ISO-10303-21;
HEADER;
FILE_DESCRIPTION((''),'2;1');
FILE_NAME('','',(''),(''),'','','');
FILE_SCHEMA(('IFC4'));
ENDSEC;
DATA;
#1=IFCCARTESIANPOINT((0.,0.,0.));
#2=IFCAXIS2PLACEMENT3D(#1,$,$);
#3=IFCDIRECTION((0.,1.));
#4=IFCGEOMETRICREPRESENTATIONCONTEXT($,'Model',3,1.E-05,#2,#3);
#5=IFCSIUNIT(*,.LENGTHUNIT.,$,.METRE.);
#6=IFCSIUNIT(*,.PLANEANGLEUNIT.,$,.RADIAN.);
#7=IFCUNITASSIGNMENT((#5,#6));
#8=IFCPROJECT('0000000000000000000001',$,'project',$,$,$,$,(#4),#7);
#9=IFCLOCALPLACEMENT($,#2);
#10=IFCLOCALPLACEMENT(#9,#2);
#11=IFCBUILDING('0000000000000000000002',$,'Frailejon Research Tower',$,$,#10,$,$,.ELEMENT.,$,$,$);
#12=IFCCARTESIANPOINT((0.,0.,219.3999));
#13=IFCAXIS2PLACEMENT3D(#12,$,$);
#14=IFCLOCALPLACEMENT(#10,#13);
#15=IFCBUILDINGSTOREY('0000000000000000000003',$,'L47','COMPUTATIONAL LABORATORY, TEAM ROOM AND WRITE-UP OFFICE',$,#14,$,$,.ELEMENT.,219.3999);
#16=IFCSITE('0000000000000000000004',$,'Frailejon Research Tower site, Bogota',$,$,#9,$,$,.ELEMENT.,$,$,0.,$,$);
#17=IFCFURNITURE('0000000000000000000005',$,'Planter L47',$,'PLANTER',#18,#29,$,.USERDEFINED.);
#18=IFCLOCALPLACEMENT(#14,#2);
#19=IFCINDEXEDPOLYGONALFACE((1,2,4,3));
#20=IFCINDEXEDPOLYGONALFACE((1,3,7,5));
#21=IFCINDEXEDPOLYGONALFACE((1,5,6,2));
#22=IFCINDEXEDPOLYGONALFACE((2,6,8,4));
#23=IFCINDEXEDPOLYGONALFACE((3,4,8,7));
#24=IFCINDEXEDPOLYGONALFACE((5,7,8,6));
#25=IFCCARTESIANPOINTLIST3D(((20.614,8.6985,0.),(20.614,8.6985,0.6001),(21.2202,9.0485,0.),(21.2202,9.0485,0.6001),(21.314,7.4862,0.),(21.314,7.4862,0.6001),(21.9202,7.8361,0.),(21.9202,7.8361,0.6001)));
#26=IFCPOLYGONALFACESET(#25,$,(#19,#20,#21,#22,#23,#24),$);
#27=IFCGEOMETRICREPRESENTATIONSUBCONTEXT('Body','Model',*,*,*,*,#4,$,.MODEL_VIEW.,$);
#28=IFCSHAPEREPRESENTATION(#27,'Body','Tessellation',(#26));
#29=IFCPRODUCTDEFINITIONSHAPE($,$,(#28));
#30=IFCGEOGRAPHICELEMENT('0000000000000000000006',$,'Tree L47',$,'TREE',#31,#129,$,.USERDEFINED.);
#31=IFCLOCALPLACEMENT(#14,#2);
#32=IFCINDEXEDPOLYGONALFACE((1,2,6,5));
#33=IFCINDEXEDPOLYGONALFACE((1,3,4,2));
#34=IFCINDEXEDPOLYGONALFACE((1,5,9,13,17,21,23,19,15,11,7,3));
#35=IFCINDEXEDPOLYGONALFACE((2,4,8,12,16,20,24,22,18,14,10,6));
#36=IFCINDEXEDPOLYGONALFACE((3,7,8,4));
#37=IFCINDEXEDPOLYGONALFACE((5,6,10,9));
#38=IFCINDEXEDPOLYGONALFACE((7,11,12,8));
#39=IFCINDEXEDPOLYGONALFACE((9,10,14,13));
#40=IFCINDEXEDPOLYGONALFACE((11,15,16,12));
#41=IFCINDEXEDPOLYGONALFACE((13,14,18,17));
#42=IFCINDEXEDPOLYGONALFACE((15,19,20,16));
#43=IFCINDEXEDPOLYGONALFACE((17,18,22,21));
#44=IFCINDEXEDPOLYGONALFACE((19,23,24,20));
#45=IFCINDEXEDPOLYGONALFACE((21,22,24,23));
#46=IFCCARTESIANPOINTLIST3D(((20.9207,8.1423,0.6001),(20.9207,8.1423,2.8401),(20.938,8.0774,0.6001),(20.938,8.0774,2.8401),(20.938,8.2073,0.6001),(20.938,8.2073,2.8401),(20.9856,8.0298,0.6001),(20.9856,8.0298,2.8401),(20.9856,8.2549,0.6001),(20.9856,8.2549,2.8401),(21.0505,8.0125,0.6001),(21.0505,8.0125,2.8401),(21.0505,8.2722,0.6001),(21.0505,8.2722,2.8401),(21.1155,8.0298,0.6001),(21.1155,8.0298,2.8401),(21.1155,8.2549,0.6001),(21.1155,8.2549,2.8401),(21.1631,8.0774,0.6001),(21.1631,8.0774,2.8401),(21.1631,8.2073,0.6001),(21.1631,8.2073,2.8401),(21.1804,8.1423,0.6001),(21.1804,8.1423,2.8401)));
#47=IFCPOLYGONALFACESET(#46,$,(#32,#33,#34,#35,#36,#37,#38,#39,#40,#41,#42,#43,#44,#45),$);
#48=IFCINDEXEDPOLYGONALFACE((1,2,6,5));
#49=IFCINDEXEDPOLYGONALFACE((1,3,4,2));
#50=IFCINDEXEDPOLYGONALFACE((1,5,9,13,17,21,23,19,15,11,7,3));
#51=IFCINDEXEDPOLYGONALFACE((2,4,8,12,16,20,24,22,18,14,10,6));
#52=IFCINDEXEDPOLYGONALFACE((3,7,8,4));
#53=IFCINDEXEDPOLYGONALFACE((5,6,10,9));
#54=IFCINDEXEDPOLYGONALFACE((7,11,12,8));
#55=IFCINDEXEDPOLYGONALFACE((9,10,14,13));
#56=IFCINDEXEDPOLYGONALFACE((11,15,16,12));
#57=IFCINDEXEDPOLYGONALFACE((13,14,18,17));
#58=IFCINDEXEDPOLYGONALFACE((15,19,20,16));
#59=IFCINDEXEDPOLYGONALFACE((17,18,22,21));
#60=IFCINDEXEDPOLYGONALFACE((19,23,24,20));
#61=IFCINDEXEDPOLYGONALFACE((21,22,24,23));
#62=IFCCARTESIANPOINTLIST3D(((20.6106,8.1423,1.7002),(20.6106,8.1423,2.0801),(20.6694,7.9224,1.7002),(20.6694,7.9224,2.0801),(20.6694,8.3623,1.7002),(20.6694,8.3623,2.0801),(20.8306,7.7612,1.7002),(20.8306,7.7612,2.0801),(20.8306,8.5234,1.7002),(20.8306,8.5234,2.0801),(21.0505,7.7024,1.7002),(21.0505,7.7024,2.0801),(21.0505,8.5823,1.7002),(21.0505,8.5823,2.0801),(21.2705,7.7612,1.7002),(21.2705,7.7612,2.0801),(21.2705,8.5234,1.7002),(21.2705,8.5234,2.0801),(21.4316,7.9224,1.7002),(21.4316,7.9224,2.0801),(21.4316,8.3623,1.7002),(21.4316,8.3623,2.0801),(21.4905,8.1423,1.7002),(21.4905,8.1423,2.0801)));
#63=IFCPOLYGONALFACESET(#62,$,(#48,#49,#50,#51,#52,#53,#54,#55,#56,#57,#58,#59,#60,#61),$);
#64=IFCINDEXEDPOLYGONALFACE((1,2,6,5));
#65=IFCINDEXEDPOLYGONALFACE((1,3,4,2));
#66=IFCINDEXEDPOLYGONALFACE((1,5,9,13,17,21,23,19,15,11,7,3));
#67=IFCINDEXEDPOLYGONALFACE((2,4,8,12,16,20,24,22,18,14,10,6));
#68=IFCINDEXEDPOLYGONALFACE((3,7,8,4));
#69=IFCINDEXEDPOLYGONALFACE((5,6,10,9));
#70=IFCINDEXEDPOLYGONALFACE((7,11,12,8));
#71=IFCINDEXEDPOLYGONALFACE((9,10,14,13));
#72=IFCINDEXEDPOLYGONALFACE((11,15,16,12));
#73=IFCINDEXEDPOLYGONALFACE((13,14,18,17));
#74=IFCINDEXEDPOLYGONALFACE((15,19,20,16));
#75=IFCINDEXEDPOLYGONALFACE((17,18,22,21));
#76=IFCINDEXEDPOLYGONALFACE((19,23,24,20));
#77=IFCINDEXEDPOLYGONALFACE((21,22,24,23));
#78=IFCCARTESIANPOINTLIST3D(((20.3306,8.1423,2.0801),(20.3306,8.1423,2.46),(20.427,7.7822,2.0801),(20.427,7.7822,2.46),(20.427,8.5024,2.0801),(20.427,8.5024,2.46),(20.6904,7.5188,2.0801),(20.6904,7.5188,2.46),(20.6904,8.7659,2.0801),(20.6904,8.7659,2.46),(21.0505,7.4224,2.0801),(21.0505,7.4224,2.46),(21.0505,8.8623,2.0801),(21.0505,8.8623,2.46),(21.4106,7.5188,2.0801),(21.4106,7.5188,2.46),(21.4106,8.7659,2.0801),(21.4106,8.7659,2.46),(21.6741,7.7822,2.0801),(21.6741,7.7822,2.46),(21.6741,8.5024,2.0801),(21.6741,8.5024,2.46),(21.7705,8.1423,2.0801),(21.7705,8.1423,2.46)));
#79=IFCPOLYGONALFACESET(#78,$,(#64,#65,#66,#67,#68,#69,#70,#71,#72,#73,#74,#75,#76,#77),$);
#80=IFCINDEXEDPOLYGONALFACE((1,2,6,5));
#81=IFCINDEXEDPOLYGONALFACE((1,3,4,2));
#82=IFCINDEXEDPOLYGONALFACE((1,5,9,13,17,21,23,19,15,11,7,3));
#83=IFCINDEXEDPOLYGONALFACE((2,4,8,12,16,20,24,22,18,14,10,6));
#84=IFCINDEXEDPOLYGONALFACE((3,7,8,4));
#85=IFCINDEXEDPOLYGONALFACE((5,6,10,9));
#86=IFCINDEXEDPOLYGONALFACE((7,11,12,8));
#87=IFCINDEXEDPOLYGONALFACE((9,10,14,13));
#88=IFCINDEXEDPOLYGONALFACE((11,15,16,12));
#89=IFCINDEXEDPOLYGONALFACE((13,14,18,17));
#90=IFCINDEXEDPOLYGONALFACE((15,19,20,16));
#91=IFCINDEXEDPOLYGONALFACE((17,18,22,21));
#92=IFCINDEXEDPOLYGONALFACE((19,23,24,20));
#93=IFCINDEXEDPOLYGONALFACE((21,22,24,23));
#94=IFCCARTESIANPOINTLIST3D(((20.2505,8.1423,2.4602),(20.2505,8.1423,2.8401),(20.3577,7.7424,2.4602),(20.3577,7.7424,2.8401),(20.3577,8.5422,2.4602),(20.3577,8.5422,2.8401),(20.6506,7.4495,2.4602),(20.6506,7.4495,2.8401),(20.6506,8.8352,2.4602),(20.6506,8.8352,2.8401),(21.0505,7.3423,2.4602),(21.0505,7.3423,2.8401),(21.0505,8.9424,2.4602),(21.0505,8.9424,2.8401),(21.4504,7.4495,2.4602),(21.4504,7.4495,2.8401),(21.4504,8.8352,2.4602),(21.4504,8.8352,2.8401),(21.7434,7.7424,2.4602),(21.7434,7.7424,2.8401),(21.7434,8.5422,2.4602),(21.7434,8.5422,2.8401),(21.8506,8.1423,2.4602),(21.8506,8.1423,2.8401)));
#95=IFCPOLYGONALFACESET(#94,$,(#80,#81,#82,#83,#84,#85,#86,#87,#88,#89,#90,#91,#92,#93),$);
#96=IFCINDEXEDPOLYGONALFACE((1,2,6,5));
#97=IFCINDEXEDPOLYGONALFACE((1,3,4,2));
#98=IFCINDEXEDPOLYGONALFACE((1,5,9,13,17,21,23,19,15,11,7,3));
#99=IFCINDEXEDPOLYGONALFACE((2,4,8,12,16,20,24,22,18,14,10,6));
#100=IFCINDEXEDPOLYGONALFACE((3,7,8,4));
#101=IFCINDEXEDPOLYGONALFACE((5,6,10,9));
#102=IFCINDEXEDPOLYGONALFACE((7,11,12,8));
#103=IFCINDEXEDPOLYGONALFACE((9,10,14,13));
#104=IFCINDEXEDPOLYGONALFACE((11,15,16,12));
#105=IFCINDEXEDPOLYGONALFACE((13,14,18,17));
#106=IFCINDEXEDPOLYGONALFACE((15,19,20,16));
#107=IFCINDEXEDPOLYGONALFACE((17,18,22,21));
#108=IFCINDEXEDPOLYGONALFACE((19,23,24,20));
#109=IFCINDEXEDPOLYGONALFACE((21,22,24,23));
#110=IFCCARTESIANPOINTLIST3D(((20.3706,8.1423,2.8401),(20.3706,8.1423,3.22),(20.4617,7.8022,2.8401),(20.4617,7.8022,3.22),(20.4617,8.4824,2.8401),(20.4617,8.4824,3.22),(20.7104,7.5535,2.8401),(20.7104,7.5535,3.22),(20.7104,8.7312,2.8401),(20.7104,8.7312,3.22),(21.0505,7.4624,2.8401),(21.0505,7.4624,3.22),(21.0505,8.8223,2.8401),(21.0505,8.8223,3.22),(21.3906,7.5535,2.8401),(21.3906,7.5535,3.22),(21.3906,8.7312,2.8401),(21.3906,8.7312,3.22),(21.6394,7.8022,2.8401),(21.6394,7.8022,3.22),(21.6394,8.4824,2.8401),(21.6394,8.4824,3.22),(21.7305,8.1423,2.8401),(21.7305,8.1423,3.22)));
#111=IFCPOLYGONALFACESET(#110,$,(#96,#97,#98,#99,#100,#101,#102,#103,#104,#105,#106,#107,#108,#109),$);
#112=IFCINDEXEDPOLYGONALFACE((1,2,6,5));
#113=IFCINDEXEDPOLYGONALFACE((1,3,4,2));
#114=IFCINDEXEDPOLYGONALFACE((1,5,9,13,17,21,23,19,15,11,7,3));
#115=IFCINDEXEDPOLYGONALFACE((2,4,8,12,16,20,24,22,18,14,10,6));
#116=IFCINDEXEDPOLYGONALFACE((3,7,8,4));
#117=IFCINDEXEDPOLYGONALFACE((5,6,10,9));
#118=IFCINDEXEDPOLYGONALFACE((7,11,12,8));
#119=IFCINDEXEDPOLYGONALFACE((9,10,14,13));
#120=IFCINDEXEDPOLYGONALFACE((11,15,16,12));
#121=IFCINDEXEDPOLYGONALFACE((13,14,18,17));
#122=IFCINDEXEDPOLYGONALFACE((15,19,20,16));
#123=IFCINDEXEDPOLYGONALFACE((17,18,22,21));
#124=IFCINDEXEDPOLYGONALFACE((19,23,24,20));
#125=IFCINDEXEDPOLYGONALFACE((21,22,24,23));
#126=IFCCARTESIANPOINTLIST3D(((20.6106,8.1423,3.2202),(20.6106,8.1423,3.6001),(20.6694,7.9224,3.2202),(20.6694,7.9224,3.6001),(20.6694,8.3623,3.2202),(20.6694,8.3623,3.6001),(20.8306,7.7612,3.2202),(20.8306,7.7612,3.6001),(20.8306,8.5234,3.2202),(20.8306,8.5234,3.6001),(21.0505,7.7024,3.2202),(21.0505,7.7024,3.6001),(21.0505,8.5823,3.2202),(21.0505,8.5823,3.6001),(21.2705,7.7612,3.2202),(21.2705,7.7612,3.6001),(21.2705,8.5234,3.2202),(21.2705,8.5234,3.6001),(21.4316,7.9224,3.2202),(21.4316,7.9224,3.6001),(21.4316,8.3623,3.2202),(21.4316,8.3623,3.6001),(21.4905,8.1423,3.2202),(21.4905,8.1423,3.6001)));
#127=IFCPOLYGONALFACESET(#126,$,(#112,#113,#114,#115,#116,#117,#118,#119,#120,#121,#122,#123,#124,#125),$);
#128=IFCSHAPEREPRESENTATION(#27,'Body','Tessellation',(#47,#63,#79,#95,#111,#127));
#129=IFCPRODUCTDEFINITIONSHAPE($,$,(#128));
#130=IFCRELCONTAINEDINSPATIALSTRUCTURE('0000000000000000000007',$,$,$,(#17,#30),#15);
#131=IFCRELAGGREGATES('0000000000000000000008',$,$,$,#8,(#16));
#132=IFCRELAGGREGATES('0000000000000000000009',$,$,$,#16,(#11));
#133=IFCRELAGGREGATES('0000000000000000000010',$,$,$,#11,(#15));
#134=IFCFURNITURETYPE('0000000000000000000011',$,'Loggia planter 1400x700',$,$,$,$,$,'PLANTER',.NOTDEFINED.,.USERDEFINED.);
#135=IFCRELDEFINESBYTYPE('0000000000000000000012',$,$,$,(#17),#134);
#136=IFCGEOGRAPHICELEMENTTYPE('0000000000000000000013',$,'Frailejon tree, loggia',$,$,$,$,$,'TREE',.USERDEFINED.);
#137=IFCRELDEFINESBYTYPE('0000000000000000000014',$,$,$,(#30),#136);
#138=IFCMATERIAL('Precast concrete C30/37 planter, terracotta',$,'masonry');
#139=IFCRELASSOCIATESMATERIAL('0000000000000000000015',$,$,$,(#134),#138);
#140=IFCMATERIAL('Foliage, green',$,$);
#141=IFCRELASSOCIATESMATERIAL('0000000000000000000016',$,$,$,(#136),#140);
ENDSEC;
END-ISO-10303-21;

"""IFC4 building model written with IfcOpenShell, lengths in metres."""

from ifc_helpers import new_model, si_unit, direction, frame, origin, origin_2d, place, context, subcontext, project, spatial, polyline, rectangle, outline, extrude, material, type_object, element, save


model = new_model("IFC4")

# Units and contexts
model_context = context("Model", 3, precision=1e-05, world=origin(), true_north=direction((0.0, 1.0)))
body_context = subcontext(model_context, "Body", "Model", "MODEL_VIEW")
ifc_project = project(units=[si_unit("LENGTHUNIT", "METRE"), si_unit("PLANEANGLEUNIT", "RADIAN")], contexts=[model_context])

# Site, building, storey
site_placement = place(None, origin())
site = spatial("IfcSite", under=ifc_project, at=site_placement, Name="Frailejon Research Tower site, Bogota", CompositionType="ELEMENT", RefElevation=0.0)
building_placement = place(site_placement, origin())
building = spatial("IfcBuilding", under=site, at=building_placement, Name="Frailejon Research Tower", CompositionType="ELEMENT")
storey_placement = place(building_placement, frame((0.0, 0.0, 219.3999)))
storey = spatial("IfcBuildingStorey", under=building, at=storey_placement, Name="L47", Description="COMPUTATIONAL LABORATORY, TEAM ROOM AND WRITE-UP OFFICE", CompositionType="ELEMENT", Elevation=219.3999)

# Furniture
ifc_material_1 = material(Name="Precast concrete C30/37 planter, terracotta", Category="masonry")
furniture_type = type_object("IfcFurnitureType", Name="Loggia planter 1400x700", ElementType="PLANTER", AssemblyPlace="NOTDEFINED", PredefinedType="USERDEFINED", material=ifc_material_1)
furniture_placement = place(storey_placement, frame((21.2671, 8.2673, 0.0), z_axis=(0.0, 0.0, 1.0), x_axis=(-0.5, 0.866025, 0.0)))
element("IfcFurniture", 1, at=furniture_placement, inside=storey, type_object=furniture_type, Name="Planter L47", ObjectType="PLANTER", PredefinedType="USERDEFINED", context=body_context, shape_type="SweptSolid", body=[
    extrude(rectangle(XDim=1.3999, YDim=0.7, at=origin_2d()), origin(), (0.0, 0.0, 1.0), 0.6001),
])

# Geographic element
ifc_material_2 = material(Name="Foliage, green")
geographic_element_type = type_object("IfcGeographicElementType", Name="Frailejon tree, loggia", ElementType="TREE", PredefinedType="USERDEFINED", material=ifc_material_2)
geographic_element_placement = place(storey_placement, frame((21.0505, 8.1423, 0.6001)))
element("IfcGeographicElement", 2, at=geographic_element_placement, inside=storey, type_object=geographic_element_type, Name="Tree L47", ObjectType="TREE", PredefinedType="USERDEFINED", context=body_context, shape_type="SweptSolid", body=[
    extrude(outline(polyline([(0.1299, 0.0), (0.1125, 0.0649), (0.0649, 0.1125), (0.0, 0.1299), (-0.0649, 0.1125), (-0.1125, 0.0649), (-0.1299, 0.0), (-0.1125, -0.0649), (-0.0649, -0.1125), (0.0, -0.1299), (0.0649, -0.1125), (0.1125, -0.0649), (0.1299, 0.0)])), origin(), (0.0, 0.0, 1.0), 2.24),
    extrude(outline(polyline([(0.4399, 0.0), (0.3811, 0.22), (0.22, 0.3811), (0.0, 0.4399), (-0.22, 0.3811), (-0.3811, 0.22), (-0.4399, 0.0), (-0.3811, -0.22), (-0.22, -0.3811), (0.0, -0.4399), (0.22, -0.3811), (0.3811, -0.22), (0.4399, 0.0)])), frame((0.0, 0.0, 1.1001)), (0.0, 0.0, 1.0), 0.3799),
    extrude(outline(polyline([(0.72, 0.0), (0.6235, 0.3601), (0.3601, 0.6235), (0.0, 0.72), (-0.3601, 0.6235), (-0.6235, 0.3601), (-0.72, 0.0), (-0.6235, -0.3601), (-0.3601, -0.6235), (0.0, -0.72), (0.3601, -0.6235), (0.6235, -0.3601), (0.72, 0.0)])), frame((0.0, 0.0, 1.48)), (0.0, 0.0, 1.0), 0.3799),
    extrude(outline(polyline([(0.8, 0.0), (0.6929, 0.3999), (0.3999, 0.6929), (0.0, 0.8), (-0.3999, 0.6929), (-0.6929, 0.3999), (-0.8, 0.0), (-0.6929, -0.3999), (-0.3999, -0.6929), (0.0, -0.8), (0.3999, -0.6929), (0.6929, -0.3999), (0.8, 0.0)])), frame((0.0, 0.0, 1.8601)), (0.0, 0.0, 1.0), 0.3799),
    extrude(outline(polyline([(0.6799, 0.0), (0.5889, 0.3401), (0.3401, 0.5889), (0.0, 0.6799), (-0.3401, 0.5889), (-0.5889, 0.3401), (-0.6799, 0.0), (-0.5889, -0.3401), (-0.3401, -0.5889), (0.0, -0.6799), (0.3401, -0.5889), (0.5889, -0.3401), (0.6799, 0.0)])), frame((0.0, 0.0, 2.24)), (0.0, 0.0, 1.0), 0.3799),
    extrude(outline(polyline([(0.4399, 0.0), (0.3811, 0.22), (0.22, 0.3811), (0.0, 0.4399), (-0.22, 0.3811), (-0.3811, 0.22), (-0.4399, 0.0), (-0.3811, -0.22), (-0.22, -0.3811), (0.0, -0.4399), (0.22, -0.3811), (0.3811, -0.22), (0.4399, 0.0)])), frame((0.0, 0.0, 2.6201)), (0.0, 0.0, 1.0), 0.3799),
])

save(model, "model.ifc")
